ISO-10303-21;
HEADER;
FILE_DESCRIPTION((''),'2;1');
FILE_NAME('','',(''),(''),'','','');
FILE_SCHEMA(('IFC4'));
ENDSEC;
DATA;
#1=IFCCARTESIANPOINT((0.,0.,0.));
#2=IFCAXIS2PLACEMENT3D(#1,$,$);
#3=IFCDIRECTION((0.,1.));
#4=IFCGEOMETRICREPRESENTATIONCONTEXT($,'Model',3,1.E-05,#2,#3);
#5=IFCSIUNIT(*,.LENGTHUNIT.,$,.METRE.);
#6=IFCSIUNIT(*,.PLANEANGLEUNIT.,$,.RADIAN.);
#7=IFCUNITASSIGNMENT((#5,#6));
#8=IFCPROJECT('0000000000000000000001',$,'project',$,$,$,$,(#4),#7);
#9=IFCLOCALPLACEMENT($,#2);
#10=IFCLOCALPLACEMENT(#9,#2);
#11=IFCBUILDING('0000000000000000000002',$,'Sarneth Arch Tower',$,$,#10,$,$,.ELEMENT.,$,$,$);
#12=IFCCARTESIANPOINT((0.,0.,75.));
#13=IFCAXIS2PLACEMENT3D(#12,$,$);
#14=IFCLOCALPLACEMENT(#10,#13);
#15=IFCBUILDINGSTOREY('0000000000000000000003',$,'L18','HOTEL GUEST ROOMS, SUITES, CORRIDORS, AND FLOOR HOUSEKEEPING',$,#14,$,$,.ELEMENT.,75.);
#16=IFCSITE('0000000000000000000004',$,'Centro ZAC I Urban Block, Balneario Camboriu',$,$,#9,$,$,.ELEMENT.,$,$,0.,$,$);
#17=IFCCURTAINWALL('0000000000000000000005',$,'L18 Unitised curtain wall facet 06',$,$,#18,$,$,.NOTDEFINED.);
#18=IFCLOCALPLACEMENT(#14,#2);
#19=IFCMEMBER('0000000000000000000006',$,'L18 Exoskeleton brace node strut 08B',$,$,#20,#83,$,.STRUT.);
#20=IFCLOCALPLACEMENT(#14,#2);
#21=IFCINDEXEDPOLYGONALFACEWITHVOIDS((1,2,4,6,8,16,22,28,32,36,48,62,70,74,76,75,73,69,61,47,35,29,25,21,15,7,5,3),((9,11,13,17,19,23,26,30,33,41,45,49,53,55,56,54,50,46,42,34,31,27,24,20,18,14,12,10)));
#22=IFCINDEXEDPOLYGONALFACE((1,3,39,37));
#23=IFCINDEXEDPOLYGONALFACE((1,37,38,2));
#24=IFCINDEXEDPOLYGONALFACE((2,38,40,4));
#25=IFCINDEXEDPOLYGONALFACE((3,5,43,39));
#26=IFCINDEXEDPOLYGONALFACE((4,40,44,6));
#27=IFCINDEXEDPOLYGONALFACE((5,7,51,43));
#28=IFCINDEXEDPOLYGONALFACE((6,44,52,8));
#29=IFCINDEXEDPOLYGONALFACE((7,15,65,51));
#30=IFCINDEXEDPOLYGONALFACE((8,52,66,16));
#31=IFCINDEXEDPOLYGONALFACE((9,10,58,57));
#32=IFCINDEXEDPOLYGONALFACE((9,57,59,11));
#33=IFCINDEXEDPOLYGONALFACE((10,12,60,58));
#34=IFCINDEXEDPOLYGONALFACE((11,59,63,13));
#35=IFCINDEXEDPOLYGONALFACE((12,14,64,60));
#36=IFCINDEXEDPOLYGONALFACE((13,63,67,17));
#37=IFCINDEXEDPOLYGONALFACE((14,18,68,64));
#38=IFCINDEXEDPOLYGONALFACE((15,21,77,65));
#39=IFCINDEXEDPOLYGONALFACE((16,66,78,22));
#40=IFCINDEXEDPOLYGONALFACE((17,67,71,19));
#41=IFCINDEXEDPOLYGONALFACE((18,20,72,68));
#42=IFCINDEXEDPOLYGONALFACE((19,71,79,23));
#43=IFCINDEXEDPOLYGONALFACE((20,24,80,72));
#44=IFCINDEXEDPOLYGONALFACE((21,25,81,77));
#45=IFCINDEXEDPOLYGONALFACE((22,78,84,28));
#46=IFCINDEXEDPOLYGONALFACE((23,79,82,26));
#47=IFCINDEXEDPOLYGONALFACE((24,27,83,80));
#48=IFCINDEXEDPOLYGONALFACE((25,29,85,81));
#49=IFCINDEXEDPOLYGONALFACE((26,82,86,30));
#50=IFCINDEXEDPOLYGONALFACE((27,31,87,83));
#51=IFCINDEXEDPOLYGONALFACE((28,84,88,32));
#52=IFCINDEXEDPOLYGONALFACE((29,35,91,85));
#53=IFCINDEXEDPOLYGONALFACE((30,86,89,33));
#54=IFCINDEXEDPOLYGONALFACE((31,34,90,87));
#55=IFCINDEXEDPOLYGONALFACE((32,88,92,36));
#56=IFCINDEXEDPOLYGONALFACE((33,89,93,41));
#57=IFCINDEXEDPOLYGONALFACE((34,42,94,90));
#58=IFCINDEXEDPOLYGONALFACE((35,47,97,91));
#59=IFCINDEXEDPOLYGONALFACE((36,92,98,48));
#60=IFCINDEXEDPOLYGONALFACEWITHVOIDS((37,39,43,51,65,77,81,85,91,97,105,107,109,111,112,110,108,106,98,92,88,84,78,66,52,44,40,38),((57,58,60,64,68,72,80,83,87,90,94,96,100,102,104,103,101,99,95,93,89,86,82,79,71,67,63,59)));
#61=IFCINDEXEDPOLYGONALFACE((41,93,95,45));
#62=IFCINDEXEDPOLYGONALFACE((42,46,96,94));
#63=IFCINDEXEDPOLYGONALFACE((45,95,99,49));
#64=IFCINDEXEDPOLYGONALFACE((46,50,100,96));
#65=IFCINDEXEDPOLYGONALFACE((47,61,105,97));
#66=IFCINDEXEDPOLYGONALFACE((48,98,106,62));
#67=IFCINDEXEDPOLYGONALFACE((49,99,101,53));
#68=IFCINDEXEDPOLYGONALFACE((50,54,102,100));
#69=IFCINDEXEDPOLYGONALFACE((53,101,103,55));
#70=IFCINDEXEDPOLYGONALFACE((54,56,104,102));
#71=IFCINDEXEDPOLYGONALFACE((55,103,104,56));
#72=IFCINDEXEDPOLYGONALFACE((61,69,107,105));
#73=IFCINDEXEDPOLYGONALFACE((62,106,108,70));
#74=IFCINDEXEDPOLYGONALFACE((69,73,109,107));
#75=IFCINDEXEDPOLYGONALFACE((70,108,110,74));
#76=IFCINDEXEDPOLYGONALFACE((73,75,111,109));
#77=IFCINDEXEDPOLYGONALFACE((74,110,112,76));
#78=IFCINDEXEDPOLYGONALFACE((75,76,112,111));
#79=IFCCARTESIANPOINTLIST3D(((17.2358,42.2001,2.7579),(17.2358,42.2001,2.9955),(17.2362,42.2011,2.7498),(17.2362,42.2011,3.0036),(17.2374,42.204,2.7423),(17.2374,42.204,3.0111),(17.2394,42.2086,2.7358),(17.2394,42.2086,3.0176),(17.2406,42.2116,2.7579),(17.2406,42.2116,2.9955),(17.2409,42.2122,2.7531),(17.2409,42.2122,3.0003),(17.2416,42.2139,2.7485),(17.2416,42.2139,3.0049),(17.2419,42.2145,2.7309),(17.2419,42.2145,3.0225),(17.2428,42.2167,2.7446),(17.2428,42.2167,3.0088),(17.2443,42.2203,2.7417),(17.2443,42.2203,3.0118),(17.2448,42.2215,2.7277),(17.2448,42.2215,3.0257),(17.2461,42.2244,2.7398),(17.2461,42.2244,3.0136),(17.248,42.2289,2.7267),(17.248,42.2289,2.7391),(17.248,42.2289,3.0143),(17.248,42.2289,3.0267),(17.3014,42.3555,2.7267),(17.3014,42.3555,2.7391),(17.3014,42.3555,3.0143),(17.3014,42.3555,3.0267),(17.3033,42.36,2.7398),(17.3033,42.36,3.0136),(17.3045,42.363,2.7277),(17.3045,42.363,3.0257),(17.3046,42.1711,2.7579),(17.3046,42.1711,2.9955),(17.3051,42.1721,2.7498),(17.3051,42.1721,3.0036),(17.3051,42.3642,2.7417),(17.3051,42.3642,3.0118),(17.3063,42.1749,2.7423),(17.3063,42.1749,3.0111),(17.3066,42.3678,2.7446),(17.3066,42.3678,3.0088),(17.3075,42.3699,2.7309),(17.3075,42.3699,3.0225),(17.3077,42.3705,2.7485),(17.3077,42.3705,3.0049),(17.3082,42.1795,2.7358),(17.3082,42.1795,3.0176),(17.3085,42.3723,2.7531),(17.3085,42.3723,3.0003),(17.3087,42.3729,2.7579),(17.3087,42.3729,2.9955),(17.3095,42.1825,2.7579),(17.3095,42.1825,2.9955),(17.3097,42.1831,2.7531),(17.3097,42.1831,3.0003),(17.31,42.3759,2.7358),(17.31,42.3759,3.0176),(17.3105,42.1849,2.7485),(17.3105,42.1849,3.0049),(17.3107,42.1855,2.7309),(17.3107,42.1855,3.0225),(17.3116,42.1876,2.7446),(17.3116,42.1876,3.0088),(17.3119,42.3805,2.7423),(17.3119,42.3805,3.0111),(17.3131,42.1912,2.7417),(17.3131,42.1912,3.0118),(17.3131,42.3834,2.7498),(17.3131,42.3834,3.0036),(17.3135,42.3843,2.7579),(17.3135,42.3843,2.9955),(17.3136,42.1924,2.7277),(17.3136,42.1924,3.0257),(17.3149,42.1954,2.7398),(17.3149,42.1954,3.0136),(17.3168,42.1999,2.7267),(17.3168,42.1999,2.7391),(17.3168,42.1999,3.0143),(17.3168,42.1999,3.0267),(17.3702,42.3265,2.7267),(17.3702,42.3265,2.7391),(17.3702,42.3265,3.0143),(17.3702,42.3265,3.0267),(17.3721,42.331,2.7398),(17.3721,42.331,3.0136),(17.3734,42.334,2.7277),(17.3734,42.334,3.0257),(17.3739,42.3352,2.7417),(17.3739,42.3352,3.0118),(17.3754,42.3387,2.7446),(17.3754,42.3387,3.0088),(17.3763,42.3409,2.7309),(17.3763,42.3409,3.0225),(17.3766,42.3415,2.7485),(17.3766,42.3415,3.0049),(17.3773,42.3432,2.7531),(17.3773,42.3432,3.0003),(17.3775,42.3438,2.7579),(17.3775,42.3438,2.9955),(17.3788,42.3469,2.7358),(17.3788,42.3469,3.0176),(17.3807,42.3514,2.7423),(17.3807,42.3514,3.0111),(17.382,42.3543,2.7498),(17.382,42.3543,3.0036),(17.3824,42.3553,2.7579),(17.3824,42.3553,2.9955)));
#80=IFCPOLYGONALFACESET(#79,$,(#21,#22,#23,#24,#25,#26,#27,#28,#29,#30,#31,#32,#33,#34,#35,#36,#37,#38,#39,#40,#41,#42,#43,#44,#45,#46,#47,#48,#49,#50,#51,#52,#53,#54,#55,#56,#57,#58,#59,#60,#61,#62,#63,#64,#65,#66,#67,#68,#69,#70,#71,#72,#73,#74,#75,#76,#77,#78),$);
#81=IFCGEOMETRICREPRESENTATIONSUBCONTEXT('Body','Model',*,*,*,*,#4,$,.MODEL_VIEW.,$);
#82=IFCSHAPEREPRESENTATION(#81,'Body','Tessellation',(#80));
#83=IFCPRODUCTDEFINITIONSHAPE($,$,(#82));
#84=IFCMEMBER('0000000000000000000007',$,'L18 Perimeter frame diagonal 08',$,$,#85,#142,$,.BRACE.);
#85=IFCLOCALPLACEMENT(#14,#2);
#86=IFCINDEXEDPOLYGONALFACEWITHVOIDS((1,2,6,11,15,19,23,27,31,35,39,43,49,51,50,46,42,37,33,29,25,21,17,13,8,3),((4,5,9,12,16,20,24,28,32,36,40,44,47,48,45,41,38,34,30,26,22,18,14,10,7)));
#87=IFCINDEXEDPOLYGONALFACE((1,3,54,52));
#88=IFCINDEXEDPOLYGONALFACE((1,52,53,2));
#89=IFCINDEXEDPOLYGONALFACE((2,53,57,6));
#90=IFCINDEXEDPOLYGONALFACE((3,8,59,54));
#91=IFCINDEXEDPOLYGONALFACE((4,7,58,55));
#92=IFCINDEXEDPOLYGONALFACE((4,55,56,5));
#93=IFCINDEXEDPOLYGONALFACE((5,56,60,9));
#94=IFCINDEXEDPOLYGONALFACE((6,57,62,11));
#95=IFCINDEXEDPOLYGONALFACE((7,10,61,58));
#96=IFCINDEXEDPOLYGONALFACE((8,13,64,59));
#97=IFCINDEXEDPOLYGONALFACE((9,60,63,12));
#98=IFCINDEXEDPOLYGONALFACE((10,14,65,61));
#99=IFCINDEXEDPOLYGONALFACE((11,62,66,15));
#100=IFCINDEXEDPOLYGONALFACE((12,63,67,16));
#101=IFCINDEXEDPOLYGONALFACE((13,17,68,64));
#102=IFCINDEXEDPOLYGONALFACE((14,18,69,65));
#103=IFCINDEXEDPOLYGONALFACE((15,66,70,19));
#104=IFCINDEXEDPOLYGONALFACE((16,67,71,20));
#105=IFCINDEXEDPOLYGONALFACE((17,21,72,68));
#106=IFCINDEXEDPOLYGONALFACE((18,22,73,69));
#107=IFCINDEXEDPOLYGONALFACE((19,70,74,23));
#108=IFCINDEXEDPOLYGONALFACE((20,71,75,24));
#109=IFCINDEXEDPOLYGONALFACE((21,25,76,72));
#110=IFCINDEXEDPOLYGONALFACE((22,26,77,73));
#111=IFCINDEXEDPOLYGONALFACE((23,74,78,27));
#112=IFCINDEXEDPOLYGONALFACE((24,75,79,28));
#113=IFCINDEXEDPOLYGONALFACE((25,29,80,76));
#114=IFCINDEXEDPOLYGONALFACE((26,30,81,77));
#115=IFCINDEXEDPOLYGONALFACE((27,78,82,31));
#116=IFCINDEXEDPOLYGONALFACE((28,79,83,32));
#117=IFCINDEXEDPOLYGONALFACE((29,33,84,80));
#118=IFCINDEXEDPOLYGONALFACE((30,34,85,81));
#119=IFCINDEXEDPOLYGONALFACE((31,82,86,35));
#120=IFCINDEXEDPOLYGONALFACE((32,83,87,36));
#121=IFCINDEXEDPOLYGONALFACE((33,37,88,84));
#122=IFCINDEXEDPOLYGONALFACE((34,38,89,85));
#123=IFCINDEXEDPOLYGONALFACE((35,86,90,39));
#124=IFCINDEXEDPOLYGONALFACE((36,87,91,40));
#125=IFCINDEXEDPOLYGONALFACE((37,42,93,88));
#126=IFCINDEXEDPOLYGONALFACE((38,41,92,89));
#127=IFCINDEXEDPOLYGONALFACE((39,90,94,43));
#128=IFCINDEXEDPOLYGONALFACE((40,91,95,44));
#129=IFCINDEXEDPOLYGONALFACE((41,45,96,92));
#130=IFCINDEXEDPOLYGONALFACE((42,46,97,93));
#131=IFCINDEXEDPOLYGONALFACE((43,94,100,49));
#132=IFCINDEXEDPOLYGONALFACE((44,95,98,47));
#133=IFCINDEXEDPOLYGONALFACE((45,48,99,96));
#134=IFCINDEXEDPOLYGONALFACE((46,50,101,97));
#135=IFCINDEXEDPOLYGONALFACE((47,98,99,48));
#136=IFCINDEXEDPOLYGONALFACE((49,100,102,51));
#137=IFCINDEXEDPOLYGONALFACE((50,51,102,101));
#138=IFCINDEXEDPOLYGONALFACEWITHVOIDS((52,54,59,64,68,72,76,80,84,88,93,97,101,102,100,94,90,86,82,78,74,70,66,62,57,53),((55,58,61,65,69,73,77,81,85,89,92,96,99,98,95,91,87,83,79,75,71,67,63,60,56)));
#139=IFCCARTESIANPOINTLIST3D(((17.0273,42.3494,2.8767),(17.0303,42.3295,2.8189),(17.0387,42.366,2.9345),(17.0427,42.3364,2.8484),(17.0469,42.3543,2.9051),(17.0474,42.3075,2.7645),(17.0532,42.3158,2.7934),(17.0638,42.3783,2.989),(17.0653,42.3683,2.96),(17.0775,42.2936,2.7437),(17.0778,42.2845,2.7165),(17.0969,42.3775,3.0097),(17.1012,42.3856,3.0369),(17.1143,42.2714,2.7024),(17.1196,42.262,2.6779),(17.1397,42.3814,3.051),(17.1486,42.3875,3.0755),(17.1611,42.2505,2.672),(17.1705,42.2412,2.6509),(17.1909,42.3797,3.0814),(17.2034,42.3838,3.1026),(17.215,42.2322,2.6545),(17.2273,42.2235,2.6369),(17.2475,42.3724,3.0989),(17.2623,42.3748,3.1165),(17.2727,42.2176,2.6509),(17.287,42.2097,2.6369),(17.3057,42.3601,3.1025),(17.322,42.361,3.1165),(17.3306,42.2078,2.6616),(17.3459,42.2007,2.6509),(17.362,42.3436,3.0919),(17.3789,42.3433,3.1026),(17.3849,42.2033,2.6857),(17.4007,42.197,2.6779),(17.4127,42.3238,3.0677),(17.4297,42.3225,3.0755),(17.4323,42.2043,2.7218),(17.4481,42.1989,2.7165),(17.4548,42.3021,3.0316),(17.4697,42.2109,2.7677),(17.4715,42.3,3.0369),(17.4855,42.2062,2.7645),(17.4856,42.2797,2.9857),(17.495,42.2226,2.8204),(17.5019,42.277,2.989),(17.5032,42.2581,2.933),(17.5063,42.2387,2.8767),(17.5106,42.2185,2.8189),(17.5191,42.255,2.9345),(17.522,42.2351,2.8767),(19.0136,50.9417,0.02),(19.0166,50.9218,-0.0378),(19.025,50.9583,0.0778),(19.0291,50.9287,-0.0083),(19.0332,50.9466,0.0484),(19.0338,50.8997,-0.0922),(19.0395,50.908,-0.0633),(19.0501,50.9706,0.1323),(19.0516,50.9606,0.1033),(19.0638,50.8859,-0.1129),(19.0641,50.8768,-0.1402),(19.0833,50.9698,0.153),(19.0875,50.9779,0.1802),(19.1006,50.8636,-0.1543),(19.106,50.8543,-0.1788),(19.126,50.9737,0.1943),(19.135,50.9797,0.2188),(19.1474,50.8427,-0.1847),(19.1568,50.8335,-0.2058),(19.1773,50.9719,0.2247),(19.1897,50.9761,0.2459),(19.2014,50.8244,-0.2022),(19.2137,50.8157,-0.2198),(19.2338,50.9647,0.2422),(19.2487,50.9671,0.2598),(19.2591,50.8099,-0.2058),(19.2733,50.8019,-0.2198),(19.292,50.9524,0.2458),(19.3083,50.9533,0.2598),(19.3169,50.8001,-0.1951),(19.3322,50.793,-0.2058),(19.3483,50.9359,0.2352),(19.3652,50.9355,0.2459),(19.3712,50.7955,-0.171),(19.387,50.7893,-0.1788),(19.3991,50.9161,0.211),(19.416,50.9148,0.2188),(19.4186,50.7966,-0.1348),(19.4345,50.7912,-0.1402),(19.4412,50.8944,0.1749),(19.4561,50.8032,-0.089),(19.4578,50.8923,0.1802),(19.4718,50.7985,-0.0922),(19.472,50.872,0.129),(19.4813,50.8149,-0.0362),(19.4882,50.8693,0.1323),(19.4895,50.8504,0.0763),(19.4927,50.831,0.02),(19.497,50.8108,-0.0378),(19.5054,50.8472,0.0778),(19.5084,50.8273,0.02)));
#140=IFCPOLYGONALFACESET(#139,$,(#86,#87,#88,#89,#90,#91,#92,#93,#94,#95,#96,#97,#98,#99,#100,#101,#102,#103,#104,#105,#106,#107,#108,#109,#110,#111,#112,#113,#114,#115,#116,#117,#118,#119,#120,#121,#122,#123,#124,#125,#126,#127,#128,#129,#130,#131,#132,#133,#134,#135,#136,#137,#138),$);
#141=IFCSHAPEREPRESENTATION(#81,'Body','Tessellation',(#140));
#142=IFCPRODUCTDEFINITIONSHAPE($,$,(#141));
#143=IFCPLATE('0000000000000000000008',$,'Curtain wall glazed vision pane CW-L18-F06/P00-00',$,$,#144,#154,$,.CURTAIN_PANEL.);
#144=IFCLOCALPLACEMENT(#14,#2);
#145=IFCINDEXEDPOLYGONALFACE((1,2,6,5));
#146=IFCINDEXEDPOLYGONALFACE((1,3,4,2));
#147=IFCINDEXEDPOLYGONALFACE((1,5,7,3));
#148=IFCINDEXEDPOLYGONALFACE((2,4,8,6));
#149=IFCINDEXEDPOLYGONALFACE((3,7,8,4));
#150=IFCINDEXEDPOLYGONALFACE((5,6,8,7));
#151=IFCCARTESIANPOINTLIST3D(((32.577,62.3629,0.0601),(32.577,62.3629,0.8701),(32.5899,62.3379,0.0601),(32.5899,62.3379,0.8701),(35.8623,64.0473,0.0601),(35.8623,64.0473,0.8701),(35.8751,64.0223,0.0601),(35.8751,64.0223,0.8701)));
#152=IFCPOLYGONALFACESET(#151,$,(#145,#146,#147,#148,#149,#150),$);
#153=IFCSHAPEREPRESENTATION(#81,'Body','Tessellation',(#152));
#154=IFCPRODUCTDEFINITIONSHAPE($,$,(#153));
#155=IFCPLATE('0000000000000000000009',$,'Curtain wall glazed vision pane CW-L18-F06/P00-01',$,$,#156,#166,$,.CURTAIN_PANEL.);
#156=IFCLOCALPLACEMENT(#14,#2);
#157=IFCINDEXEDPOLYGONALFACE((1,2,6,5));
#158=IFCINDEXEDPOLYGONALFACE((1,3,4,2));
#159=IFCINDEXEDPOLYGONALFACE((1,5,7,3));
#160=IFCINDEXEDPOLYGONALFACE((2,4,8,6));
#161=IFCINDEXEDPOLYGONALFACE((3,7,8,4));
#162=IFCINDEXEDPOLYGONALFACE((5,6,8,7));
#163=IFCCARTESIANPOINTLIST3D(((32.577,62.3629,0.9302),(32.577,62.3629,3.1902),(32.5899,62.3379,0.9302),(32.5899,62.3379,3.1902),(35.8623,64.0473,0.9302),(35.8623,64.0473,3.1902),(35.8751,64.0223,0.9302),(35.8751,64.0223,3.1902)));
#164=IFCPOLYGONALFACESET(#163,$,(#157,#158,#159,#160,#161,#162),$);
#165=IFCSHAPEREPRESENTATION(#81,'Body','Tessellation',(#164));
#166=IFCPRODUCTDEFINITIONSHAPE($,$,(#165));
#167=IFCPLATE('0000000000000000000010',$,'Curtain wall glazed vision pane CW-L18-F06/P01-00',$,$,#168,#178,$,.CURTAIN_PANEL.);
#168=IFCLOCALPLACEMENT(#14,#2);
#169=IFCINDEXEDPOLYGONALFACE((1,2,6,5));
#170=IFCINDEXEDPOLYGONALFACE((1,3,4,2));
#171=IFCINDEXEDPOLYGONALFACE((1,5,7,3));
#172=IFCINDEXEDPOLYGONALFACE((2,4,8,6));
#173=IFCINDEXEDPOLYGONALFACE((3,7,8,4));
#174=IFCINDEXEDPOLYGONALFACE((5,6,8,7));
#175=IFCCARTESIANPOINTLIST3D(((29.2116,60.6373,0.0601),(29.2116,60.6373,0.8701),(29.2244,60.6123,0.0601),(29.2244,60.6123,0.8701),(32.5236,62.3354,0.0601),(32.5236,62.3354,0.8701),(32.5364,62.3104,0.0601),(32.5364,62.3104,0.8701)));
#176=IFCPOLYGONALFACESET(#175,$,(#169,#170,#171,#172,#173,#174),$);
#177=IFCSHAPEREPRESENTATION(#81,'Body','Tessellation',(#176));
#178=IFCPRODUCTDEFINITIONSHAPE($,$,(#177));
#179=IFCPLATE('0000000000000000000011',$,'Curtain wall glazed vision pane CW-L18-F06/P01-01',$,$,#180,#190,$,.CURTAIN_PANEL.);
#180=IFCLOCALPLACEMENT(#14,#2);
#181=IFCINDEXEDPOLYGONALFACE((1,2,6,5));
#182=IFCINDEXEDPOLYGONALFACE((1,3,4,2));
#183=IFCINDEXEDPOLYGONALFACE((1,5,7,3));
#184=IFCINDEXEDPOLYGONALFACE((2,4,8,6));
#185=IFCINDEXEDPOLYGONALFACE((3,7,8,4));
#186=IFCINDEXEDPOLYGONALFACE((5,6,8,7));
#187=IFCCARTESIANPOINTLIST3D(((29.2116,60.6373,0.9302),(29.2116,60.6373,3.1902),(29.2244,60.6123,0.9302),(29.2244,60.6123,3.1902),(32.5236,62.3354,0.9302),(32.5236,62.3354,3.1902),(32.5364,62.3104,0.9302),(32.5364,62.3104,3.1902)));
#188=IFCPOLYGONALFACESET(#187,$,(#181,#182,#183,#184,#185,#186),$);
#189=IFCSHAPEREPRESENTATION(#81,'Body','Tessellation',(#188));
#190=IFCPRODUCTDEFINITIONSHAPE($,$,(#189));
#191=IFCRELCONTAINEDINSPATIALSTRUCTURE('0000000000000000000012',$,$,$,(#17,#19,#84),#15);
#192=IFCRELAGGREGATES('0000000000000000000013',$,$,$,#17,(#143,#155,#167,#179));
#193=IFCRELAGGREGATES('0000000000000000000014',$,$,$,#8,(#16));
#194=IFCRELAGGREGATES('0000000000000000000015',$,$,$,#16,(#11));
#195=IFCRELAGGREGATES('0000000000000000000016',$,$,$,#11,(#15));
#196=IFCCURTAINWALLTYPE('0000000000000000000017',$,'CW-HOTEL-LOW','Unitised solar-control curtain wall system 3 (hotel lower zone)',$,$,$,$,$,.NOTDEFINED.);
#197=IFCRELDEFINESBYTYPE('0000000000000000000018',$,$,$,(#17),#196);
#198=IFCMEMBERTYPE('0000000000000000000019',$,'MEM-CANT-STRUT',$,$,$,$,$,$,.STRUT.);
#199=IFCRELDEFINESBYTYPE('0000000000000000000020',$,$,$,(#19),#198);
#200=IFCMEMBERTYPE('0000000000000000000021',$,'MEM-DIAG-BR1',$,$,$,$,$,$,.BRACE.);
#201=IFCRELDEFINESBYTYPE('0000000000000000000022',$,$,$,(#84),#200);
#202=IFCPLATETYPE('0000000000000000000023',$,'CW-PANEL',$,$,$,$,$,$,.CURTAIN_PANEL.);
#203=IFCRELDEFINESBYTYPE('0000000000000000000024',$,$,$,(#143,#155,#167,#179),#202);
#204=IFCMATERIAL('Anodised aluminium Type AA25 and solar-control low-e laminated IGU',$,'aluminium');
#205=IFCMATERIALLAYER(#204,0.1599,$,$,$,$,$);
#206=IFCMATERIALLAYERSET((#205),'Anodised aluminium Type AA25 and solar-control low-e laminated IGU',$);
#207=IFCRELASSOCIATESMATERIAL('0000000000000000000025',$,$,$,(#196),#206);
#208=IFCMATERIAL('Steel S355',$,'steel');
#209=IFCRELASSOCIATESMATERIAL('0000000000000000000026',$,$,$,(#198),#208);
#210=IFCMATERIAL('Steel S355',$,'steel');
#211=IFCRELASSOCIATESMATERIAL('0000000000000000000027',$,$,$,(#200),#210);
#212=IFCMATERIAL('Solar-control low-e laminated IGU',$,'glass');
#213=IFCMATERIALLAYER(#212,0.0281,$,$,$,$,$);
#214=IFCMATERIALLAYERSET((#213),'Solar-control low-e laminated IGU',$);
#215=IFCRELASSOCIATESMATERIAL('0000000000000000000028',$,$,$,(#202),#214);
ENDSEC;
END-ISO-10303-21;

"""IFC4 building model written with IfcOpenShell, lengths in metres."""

from ifc_helpers import new_model, si_unit, direction, frame, origin, origin_2d, place, context, subcontext, project, spatial, rectangle, hollow_rectangle, hollow_circle, extrude, material, layer, layer_set, material_profile, profile_set, type_object, element, aggregate, save


model = new_model("IFC4")

# Units and contexts
model_context = context("Model", 3, precision=1e-05, world=origin(), true_north=direction((0.0, 1.0)))
body_context = subcontext(model_context, "Body", "Model", "MODEL_VIEW")
ifc_project = project(units=[si_unit("LENGTHUNIT", "METRE"), si_unit("PLANEANGLEUNIT", "RADIAN")], contexts=[model_context])

# Site, building, storey
site_placement = place(None, origin())
site = spatial("IfcSite", under=ifc_project, at=site_placement, Name="Centro ZAC I Urban Block, Balneario Camboriu", CompositionType="ELEMENT", RefElevation=0.0)
building_placement = place(site_placement, origin())
building = spatial("IfcBuilding", under=site, at=building_placement, Name="Sarneth Arch Tower", CompositionType="ELEMENT")
storey_placement = place(building_placement, frame((0.0, 0.0, 75.0)))
storey = spatial("IfcBuildingStorey", under=building, at=storey_placement, Name="L18", Description="HOTEL GUEST ROOMS, SUITES, CORRIDORS, AND FLOOR HOUSEKEEPING", CompositionType="ELEMENT", Elevation=75.0)

# Curtain wall
ifc_material_1 = material(Name="Anodised aluminium Type AA25 and solar-control low-e laminated IGU", Category="aluminium")
ifc_layer_1 = layer(ifc_material_1, 0.1599)
ifc_layer_set_1 = layer_set([ifc_layer_1], Name="Anodised aluminium Type AA25 and solar-control low-e laminated IGU")
curtain_wall_type = type_object("IfcCurtainWallType", Name="CW-HOTEL-LOW", Description="Unitised solar-control curtain wall system 3 (hotel lower zone)", PredefinedType="NOTDEFINED", material=ifc_layer_set_1)
curtain_wall_placement = place(storey_placement, origin())
curtain_wall = element("IfcCurtainWall", 1, at=curtain_wall_placement, inside=storey, type_object=curtain_wall_type, Name="L18 Unitised curtain wall facet 06", PredefinedType="NOTDEFINED")

# Members
ifc_material_2 = material(Name="Steel S355", Category="steel")
ifc_material_profile_1 = material_profile(ifc_material_2, hollow_rectangle(XDim=0.2, YDim=0.3, WallThickness=0.0125, InnerFilletRadius=0.0188, OuterFilletRadius=0.0312, at=origin_2d()), Name="RHS300x200x12.5")
ifc_profile_set_1 = profile_set([ifc_material_profile_1], Name="Steel S355")
member_type_1 = type_object("IfcMemberType", Name="MEM-CANT-STRUT", PredefinedType="STRUT", material=ifc_profile_set_1)
member_1_placement = place(storey_placement, frame((17.3435, 42.2632, 2.8767), z_axis=(-0.921328, 0.388787, 0.0), x_axis=(-0.388787, -0.921328, 0.0)))
element("IfcMember", 2, at=member_1_placement, inside=storey, type_object=member_type_1, Name="L18 Exoskeleton brace node strut 08B", PredefinedType="STRUT", context=body_context, shape_type="SweptSolid", body=[
    extrude(hollow_rectangle(XDim=0.2, YDim=0.3, WallThickness=0.0125, InnerFilletRadius=0.0188, OuterFilletRadius=0.0312, at=origin_2d()), origin(), (0.0, 0.0, 1.0), 0.0747),
])
ifc_material_3 = material(Name="Steel S355", Category="steel")
ifc_material_profile_2 = material_profile(ifc_material_3, hollow_circle(Radius=0.2539, WallThickness=0.0161, at=origin_2d()), Name="CHS508x16")
ifc_profile_set_2 = profile_set([ifc_material_profile_2], Name="Steel S355")
member_type_2 = type_object("IfcMemberType", Name="MEM-DIAG-BR1", PredefinedType="BRACE", material=ifc_profile_set_2)
member_2_placement = place(storey_placement, frame((19.261, 50.8845, 0.02), z_axis=(-0.214274, -0.926888, 0.308164), x_axis=(0.974304, -0.225236, 0.0)))
element("IfcMember", 3, at=member_2_placement, inside=storey, type_object=member_type_2, Name="L18 Perimeter frame diagonal 08", PredefinedType="BRACE", context=body_context, shape_type="SweptSolid", body=[
    extrude(hollow_circle(Radius=0.2539, WallThickness=0.0161, at=origin_2d()), origin(), (0.0, 0.0, 1.0), 9.27),
])

# Plates
ifc_material_4 = material(Name="Solar-control low-e laminated IGU", Category="glass")
ifc_layer_2 = layer(ifc_material_4, 0.0281)
ifc_layer_set_2 = layer_set([ifc_layer_2], Name="Solar-control low-e laminated IGU")
plate_type_1 = type_object("IfcPlateType", Name="CW-PANEL", PredefinedType="CURTAIN_PANEL", material=ifc_layer_set_2)
plate_1_placement = place(storey_placement, frame((34.2261, 63.1926, 0.0601), z_axis=(0.0, 0.0, 1.0), x_axis=(-0.889854, -0.456245, 0.0)))
plate_1 = element("IfcPlate", 4, at=plate_1_placement, type_object=plate_type_1, Name="Curtain wall glazed vision pane CW-L18-F06/P00-00", PredefinedType="CURTAIN_PANEL", context=body_context, shape_type="SweptSolid", body=[
    extrude(rectangle(XDim=3.6919, YDim=0.0281, at=origin_2d()), origin(), (0.0, 0.0, 1.0), 0.8101),
])
plate_2_placement = place(storey_placement, frame((34.2261, 63.1926, 0.9302), z_axis=(0.0, 0.0, 1.0), x_axis=(-0.889854, -0.456245, 0.0)))
plate_2 = element("IfcPlate", 5, at=plate_2_placement, type_object=plate_type_1, Name="Curtain wall glazed vision pane CW-L18-F06/P00-01", PredefinedType="CURTAIN_PANEL", context=body_context, shape_type="SweptSolid", body=[
    extrude(rectangle(XDim=3.6919, YDim=0.0281, at=origin_2d()), origin(), (0.0, 0.0, 1.0), 2.26),
])
plate_3_placement = place(storey_placement, frame((30.874, 61.4739, 0.0601), z_axis=(0.0, 0.0, 1.0), x_axis=(-0.889854, -0.456245, 0.0)))
plate_3 = element("IfcPlate", 6, at=plate_3_placement, type_object=plate_type_1, Name="Curtain wall glazed vision pane CW-L18-F06/P01-00", PredefinedType="CURTAIN_PANEL", context=body_context, shape_type="SweptSolid", body=[
    extrude(rectangle(XDim=3.7219, YDim=0.0281, at=origin_2d()), origin(), (0.0, 0.0, 1.0), 0.8101),
])
plate_4_placement = place(storey_placement, frame((30.874, 61.4739, 0.9302), z_axis=(0.0, 0.0, 1.0), x_axis=(-0.889854, -0.456245, 0.0)))
plate_4 = element("IfcPlate", 7, at=plate_4_placement, type_object=plate_type_1, Name="Curtain wall glazed vision pane CW-L18-F06/P01-01", PredefinedType="CURTAIN_PANEL", context=body_context, shape_type="SweptSolid", body=[
    extrude(rectangle(XDim=3.7219, YDim=0.0281, at=origin_2d()), origin(), (0.0, 0.0, 1.0), 2.26),
])
aggregate(curtain_wall, [plate_1, plate_2, plate_3, plate_4])

save(model, "model.ifc")
